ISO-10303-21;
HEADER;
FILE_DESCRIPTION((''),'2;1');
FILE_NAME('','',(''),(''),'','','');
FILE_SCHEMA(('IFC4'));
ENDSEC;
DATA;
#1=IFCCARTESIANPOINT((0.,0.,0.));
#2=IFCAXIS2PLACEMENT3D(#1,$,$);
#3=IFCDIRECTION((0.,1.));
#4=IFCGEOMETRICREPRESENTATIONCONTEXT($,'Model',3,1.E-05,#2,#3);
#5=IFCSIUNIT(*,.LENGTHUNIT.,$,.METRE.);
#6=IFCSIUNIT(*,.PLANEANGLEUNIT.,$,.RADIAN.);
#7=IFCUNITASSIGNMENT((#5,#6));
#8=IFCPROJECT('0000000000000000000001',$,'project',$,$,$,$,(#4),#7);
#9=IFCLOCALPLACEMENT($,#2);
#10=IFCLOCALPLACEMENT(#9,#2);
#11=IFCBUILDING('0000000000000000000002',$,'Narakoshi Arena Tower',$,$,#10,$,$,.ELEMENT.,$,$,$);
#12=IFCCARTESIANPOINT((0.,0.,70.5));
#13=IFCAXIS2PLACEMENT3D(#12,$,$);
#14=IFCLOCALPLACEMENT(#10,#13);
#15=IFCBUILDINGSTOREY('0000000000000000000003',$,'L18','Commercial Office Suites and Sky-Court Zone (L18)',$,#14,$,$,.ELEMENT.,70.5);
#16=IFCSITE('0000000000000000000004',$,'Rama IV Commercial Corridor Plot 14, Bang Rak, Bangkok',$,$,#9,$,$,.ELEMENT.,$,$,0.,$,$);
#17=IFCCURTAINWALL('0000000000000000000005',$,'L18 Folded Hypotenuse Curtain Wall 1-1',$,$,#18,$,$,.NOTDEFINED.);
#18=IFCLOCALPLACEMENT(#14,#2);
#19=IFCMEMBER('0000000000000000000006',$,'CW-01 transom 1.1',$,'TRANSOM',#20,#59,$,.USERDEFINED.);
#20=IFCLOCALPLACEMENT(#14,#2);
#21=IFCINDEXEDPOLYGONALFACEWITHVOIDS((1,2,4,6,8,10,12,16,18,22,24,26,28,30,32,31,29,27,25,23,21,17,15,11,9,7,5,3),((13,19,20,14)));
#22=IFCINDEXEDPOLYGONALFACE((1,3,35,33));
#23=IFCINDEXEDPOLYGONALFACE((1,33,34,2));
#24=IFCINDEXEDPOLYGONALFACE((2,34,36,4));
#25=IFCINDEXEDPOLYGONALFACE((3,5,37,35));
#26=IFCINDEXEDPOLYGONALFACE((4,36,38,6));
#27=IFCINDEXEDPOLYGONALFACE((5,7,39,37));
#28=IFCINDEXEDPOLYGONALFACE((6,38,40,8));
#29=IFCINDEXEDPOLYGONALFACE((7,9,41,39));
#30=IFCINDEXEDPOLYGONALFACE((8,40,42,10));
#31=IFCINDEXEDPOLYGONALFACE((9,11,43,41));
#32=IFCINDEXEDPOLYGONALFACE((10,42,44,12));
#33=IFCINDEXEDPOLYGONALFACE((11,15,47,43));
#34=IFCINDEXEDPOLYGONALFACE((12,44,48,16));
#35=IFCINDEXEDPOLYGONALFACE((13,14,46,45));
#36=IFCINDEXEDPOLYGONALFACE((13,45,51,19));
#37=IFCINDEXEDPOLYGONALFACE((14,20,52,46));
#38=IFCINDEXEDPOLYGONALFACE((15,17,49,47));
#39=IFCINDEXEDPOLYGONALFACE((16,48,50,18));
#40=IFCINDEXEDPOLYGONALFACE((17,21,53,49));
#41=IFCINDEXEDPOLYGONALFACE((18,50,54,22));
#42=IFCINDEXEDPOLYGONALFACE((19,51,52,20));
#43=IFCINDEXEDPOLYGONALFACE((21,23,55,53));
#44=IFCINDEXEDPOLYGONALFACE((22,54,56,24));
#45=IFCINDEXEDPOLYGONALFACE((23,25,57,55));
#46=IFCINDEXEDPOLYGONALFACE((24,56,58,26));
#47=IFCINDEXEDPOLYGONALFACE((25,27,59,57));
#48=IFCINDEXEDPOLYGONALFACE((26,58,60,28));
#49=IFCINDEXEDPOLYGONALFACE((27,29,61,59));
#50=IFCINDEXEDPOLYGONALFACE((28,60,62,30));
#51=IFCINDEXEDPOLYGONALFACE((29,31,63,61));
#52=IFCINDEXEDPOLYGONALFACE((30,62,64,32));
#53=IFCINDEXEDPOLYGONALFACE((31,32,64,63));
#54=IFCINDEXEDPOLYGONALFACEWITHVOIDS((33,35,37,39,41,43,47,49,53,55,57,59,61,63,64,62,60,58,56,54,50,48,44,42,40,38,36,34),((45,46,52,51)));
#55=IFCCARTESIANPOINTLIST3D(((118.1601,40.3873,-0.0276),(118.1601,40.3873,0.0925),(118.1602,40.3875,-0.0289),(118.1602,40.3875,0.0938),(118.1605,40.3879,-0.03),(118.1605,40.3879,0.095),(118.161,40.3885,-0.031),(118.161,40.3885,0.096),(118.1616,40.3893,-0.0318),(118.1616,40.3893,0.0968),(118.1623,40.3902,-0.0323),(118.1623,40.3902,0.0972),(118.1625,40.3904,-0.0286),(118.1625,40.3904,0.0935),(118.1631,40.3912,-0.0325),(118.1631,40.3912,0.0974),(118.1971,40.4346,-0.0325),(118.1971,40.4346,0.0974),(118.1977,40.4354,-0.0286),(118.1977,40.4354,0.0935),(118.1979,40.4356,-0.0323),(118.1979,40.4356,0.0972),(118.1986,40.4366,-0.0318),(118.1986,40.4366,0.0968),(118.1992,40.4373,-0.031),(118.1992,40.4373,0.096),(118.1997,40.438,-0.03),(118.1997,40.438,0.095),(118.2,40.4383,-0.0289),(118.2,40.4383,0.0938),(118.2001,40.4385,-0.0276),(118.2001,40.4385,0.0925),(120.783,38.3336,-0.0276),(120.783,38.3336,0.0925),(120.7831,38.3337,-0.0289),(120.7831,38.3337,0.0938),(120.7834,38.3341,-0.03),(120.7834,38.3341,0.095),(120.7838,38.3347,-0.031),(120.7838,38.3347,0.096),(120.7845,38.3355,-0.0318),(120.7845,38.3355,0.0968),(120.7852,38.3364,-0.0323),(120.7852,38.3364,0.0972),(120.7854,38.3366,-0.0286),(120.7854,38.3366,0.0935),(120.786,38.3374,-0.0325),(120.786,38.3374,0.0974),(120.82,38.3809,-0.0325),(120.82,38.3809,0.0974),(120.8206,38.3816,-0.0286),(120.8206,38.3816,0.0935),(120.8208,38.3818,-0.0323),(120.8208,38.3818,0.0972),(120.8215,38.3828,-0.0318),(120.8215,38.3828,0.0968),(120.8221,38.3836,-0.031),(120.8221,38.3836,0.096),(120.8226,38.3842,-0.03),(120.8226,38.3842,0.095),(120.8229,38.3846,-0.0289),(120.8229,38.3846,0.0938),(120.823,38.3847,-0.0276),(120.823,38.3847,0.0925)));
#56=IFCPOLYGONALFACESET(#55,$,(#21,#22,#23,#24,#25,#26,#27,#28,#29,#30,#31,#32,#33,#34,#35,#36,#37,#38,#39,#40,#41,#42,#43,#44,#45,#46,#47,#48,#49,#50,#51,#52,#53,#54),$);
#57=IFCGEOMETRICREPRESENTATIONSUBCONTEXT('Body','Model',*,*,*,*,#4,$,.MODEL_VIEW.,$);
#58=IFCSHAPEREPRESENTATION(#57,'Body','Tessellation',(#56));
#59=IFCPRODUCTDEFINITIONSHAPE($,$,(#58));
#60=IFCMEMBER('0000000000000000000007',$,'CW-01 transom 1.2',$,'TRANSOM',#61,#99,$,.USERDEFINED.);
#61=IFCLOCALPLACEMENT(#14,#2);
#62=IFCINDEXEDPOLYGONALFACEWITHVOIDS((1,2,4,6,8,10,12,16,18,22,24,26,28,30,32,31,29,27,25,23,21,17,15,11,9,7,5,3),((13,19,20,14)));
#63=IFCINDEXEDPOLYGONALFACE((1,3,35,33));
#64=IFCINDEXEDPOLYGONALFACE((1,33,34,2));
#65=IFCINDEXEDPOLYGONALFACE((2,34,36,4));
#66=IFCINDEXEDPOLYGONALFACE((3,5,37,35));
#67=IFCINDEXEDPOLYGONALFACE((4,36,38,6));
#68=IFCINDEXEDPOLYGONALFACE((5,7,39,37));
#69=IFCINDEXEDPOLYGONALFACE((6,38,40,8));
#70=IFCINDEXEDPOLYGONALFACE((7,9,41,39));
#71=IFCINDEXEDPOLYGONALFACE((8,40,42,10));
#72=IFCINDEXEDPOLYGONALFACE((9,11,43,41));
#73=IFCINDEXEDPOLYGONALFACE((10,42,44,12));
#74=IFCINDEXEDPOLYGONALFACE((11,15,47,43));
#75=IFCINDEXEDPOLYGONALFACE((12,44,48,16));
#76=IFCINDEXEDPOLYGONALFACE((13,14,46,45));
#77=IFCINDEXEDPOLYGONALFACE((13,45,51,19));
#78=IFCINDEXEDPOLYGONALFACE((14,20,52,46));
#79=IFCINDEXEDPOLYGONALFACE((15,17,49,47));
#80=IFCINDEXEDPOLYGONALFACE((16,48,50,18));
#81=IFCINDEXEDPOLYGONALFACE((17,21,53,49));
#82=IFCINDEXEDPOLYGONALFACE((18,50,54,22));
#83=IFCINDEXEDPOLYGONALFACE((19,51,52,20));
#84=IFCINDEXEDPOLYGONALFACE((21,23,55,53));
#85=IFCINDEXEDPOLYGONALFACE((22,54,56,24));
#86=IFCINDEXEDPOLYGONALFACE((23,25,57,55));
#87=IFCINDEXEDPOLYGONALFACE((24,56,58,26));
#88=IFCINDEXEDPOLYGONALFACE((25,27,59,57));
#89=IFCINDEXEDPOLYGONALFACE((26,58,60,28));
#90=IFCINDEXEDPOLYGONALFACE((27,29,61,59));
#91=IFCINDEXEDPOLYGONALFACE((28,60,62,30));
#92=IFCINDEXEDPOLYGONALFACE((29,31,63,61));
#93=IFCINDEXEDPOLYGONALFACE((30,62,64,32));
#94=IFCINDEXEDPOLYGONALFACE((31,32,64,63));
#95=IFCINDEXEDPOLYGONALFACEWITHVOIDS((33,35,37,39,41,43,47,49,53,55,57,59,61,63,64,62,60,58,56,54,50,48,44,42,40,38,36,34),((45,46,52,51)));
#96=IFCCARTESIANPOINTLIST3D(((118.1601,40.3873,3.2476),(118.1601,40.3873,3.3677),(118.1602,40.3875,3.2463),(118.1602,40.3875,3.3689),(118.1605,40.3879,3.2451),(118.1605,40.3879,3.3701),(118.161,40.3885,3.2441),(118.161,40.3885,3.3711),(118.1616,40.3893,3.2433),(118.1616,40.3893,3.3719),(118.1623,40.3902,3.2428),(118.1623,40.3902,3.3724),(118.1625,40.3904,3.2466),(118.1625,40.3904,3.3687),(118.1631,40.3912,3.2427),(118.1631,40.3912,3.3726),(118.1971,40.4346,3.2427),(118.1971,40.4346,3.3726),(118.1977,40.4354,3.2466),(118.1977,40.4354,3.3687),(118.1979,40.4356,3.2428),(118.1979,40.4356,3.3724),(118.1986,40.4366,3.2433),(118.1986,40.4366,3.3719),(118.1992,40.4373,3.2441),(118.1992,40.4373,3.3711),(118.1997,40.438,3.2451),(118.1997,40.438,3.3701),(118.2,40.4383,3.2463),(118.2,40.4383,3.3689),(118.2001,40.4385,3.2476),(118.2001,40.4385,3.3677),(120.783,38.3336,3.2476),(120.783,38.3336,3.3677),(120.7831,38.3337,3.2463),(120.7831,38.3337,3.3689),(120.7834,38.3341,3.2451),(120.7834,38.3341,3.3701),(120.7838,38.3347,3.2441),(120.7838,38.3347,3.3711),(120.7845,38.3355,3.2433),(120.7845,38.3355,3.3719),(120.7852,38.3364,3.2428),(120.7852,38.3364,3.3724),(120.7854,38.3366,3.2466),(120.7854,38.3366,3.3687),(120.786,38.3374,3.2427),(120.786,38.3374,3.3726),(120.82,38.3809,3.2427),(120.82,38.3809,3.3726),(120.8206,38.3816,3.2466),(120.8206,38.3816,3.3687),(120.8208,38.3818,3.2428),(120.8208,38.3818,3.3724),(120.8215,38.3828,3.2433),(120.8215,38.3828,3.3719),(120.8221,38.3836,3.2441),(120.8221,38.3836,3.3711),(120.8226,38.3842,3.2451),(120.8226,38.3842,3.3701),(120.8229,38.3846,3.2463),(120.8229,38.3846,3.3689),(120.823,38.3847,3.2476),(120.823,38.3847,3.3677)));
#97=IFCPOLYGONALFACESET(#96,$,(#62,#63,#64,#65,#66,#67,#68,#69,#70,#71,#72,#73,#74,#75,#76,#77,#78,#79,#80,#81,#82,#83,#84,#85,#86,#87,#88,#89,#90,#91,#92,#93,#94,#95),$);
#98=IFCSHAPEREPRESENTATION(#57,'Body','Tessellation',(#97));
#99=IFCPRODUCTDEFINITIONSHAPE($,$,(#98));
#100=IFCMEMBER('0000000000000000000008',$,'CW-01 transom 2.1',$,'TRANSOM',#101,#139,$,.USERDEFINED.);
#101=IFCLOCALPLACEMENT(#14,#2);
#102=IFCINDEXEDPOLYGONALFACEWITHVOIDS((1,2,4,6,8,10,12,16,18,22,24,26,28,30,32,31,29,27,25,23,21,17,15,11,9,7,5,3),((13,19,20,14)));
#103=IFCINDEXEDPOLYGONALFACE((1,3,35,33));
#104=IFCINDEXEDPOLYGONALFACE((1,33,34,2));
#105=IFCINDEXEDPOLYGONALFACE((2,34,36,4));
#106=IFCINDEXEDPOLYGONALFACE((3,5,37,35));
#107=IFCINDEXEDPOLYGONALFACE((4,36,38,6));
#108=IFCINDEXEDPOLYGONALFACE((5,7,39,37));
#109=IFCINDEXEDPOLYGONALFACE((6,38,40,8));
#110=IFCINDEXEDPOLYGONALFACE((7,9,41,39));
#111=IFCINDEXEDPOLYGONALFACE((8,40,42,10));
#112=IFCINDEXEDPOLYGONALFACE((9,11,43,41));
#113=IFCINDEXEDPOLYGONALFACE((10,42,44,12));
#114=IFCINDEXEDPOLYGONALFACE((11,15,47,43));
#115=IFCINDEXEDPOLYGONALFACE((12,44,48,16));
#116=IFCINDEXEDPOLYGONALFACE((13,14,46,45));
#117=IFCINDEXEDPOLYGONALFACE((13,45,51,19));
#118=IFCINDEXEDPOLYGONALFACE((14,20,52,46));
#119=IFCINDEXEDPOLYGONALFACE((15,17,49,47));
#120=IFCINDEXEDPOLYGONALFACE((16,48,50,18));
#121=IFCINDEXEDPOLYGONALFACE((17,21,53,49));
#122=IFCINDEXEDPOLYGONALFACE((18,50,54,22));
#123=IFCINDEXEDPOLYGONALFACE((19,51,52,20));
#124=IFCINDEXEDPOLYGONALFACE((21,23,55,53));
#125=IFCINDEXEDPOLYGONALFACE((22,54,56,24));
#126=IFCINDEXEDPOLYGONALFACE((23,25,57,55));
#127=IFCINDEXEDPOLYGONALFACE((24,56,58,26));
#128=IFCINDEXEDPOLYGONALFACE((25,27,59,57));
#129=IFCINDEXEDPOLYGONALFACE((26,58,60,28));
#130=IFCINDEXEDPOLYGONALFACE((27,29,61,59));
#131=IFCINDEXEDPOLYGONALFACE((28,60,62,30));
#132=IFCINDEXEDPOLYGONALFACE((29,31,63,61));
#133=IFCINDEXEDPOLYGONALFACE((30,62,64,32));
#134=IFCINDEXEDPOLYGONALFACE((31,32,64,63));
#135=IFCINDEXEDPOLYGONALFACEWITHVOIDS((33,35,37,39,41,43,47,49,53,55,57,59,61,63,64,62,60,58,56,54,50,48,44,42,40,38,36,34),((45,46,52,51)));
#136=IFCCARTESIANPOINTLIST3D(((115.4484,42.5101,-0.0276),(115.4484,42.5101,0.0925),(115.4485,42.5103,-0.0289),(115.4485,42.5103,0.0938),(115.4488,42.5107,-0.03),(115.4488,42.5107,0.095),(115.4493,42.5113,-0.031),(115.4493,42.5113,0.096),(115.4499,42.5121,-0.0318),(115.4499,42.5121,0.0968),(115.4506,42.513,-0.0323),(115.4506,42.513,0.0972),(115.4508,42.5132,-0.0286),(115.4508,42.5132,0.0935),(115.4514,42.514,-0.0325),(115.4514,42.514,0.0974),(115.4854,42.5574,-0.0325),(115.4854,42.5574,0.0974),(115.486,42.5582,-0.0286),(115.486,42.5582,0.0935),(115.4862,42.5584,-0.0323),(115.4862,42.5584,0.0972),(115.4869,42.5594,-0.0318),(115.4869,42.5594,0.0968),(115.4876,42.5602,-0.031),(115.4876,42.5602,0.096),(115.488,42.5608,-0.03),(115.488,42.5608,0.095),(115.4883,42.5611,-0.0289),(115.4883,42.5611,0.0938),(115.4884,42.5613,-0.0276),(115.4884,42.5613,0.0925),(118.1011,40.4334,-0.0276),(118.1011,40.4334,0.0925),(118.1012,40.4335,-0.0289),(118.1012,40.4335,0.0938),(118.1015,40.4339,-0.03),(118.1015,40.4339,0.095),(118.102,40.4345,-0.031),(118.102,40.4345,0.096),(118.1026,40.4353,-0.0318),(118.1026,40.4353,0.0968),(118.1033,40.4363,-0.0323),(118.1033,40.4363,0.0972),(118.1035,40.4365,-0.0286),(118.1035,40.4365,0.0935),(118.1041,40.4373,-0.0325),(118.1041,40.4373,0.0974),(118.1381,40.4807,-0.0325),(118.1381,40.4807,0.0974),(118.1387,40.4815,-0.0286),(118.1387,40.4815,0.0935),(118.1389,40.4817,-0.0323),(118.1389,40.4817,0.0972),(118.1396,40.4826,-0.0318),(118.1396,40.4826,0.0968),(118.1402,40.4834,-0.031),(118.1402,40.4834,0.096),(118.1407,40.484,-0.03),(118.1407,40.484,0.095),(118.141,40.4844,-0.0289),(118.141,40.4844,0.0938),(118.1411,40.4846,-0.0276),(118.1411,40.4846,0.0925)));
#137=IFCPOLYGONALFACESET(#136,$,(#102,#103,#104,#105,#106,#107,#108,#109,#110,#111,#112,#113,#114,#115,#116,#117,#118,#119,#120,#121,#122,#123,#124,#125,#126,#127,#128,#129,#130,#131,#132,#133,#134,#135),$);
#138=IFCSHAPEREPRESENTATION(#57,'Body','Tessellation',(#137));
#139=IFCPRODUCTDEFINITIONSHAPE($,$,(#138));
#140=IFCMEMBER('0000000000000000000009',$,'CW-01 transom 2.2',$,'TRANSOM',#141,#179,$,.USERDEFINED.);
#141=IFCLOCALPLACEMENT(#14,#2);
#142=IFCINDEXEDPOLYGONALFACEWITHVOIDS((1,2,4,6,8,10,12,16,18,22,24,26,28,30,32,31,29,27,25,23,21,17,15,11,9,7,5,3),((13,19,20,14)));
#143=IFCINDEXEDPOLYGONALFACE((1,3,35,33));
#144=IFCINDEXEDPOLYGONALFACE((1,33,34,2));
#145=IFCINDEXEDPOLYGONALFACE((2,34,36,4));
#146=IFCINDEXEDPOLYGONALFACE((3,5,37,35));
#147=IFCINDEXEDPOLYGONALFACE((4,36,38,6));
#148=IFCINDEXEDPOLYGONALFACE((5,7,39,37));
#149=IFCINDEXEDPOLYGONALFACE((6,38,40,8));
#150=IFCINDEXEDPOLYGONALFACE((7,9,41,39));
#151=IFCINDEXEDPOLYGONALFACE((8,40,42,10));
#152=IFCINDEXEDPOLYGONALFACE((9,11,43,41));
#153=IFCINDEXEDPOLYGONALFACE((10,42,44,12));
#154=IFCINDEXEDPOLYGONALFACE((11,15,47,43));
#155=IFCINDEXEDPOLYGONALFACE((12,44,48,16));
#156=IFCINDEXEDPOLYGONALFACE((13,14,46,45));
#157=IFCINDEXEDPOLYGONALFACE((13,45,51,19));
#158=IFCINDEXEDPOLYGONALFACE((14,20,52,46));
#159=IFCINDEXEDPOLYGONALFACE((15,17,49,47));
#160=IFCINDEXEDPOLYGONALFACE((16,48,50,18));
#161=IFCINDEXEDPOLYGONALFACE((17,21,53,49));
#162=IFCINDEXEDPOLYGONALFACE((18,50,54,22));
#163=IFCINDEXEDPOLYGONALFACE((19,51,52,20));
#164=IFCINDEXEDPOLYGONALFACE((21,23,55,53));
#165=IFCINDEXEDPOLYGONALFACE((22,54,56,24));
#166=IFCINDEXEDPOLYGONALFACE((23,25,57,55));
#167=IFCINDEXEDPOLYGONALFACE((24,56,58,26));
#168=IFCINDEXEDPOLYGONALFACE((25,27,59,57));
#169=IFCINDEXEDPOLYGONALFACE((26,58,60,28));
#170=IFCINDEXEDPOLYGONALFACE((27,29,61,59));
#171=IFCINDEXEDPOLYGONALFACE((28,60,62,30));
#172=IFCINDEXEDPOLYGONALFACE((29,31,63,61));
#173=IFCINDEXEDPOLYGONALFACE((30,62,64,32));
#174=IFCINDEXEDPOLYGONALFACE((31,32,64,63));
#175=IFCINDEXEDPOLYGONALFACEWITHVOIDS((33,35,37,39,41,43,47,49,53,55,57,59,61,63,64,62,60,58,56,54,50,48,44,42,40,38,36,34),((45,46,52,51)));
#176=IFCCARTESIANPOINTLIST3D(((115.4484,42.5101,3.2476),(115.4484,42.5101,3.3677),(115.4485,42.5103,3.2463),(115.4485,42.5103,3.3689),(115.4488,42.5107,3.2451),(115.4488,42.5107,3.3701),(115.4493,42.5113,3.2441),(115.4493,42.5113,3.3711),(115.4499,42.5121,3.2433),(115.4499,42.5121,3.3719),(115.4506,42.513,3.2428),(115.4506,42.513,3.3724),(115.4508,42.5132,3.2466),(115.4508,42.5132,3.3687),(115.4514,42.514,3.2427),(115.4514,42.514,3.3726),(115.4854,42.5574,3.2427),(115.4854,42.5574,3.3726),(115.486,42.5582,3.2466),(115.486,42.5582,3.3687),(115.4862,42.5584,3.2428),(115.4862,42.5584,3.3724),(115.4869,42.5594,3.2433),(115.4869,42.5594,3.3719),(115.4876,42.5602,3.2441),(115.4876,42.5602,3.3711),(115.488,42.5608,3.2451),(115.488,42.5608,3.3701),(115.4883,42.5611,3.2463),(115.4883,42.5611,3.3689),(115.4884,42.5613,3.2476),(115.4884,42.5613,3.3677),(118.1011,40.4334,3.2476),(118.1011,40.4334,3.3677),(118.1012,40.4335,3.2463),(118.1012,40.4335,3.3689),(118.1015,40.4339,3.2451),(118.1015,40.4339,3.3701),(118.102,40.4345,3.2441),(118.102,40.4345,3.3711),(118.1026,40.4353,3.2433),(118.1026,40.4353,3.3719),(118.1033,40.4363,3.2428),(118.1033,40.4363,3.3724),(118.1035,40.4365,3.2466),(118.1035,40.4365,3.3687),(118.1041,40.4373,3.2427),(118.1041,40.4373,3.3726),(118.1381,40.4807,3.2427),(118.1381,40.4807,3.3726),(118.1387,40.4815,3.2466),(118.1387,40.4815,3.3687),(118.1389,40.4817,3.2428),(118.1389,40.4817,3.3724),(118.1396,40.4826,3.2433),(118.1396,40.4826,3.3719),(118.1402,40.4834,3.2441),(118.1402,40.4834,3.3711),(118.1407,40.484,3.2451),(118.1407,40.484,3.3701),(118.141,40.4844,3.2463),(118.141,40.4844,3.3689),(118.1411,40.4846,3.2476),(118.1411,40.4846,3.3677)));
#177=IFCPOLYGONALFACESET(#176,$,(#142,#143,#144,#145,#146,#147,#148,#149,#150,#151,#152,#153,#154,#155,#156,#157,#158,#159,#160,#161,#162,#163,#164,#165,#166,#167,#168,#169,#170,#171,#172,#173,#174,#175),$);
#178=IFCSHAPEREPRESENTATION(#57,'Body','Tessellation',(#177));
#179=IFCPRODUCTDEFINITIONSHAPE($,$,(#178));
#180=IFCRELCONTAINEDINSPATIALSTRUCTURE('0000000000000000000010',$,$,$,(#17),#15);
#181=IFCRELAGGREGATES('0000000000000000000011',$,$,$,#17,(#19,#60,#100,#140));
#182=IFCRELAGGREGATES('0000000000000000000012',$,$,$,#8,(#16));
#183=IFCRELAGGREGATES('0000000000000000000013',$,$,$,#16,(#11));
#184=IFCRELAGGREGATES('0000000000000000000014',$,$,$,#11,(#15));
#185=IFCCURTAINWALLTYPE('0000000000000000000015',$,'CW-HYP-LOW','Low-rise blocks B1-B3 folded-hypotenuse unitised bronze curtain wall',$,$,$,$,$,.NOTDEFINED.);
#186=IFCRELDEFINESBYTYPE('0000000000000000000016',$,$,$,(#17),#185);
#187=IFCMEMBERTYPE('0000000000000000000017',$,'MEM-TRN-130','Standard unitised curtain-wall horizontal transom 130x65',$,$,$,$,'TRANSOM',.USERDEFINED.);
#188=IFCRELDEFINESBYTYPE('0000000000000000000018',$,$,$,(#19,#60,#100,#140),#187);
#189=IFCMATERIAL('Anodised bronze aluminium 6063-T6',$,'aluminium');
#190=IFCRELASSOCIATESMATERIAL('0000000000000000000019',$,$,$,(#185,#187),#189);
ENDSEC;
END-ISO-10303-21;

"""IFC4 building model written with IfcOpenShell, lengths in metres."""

from ifc_helpers import new_model, si_unit, direction, frame, origin, origin_2d, place, context, subcontext, project, spatial, hollow_rectangle, extrude, material, material_profile, profile_set, type_object, element, aggregate, save


model = new_model("IFC4")

# Units and contexts
model_context = context("Model", 3, precision=1e-05, world=origin(), true_north=direction((0.0, 1.0)))
body_context = subcontext(model_context, "Body", "Model", "MODEL_VIEW")
ifc_project = project(units=[si_unit("LENGTHUNIT", "METRE"), si_unit("PLANEANGLEUNIT", "RADIAN")], contexts=[model_context])

# Site, building, storey
site_placement = place(None, origin())
site = spatial("IfcSite", under=ifc_project, at=site_placement, Name="Rama IV Commercial Corridor Plot 14, Bang Rak, Bangkok", CompositionType="ELEMENT", RefElevation=0.0)
building_placement = place(site_placement, origin())
building = spatial("IfcBuilding", under=site, at=building_placement, Name="Narakoshi Arena Tower", CompositionType="ELEMENT")
storey_placement = place(building_placement, frame((0.0, 0.0, 70.5)))
storey = spatial("IfcBuildingStorey", under=building, at=storey_placement, Name="L18", Description="Commercial Office Suites and Sky-Court Zone (L18)", CompositionType="ELEMENT", Elevation=70.5)

# Curtain wall, members
ifc_material_1 = material(Name="Anodised bronze aluminium 6063-T6", Category="aluminium")
curtain_wall_type = type_object("IfcCurtainWallType", Name="CW-HYP-LOW", Description="Low-rise blocks B1-B3 folded-hypotenuse unitised bronze curtain wall", PredefinedType="NOTDEFINED", material=ifc_material_1)
curtain_wall_placement = place(storey_placement, origin())
curtain_wall = element("IfcCurtainWall", 1, at=curtain_wall_placement, inside=storey, type_object=curtain_wall_type, Name="L18 Folded Hypotenuse Curtain Wall 1-1", PredefinedType="NOTDEFINED")
ifc_material_profile_1 = material_profile(ifc_material_1, hollow_rectangle(XDim=0.0649, YDim=0.1299, WallThickness=0.0039, OuterFilletRadius=0.0049, at=origin_2d()), Name="TRN130x65x4")
ifc_profile_set_1 = profile_set([ifc_material_profile_1], Name="Anodised bronze aluminium 6063-T6")
member_type_1 = type_object("IfcMemberType", Name="MEM-TRN-130", Description="Standard unitised curtain-wall horizontal transom 130x65", ElementType="TRANSOM", PredefinedType="USERDEFINED", material=ifc_profile_set_1)
member_1_placement = place(storey_placement, frame((120.803, 38.3591, 0.0325), z_axis=(-0.787347, 0.61651, 0.0), x_axis=(-0.61651, -0.787347, 0.0)))
member_1 = element("IfcMember", 2, at=member_1_placement, type_object=member_type_1, Name="CW-01 transom 1.1", ObjectType="TRANSOM", PredefinedType="USERDEFINED", context=body_context, shape_type="SweptSolid", body=[
    extrude(hollow_rectangle(XDim=0.0649, YDim=0.1299, WallThickness=0.0039, OuterFilletRadius=0.0049, at=origin_2d()), origin(), (0.0, 0.0, 1.0), 3.3313),
])
member_2_placement = place(storey_placement, frame((120.803, 38.3591, 3.3076), z_axis=(-0.787347, 0.61651, 0.0), x_axis=(-0.61651, -0.787347, 0.0)))
member_2 = element("IfcMember", 3, at=member_2_placement, type_object=member_type_1, Name="CW-01 transom 1.2", ObjectType="TRANSOM", PredefinedType="USERDEFINED", context=body_context, shape_type="SweptSolid", body=[
    extrude(hollow_rectangle(XDim=0.0649, YDim=0.1299, WallThickness=0.0039, OuterFilletRadius=0.0049, at=origin_2d()), origin(), (0.0, 0.0, 1.0), 3.3313),
])
member_3_placement = place(storey_placement, frame((118.1211, 40.459, 0.0325), z_axis=(-0.787401, 0.616441, 0.0), x_axis=(-0.616441, -0.787401, 0.0)))
member_3 = element("IfcMember", 4, at=member_3_placement, type_object=member_type_1, Name="CW-01 transom 2.1", ObjectType="TRANSOM", PredefinedType="USERDEFINED", context=body_context, shape_type="SweptSolid", body=[
    extrude(hollow_rectangle(XDim=0.0649, YDim=0.1299, WallThickness=0.0039, OuterFilletRadius=0.0049, at=origin_2d()), origin(), (0.0, 0.0, 1.0), 3.3689),
])
member_4_placement = place(storey_placement, frame((118.1211, 40.459, 3.3076), z_axis=(-0.787401, 0.616441, 0.0), x_axis=(-0.616441, -0.787401, 0.0)))
member_4 = element("IfcMember", 5, at=member_4_placement, type_object=member_type_1, Name="CW-01 transom 2.2", ObjectType="TRANSOM", PredefinedType="USERDEFINED", context=body_context, shape_type="SweptSolid", body=[
    extrude(hollow_rectangle(XDim=0.0649, YDim=0.1299, WallThickness=0.0039, OuterFilletRadius=0.0049, at=origin_2d()), origin(), (0.0, 0.0, 1.0), 3.3689),
])
aggregate(curtain_wall, [member_1, member_2, member_3, member_4])

save(model, "model.ifc")
